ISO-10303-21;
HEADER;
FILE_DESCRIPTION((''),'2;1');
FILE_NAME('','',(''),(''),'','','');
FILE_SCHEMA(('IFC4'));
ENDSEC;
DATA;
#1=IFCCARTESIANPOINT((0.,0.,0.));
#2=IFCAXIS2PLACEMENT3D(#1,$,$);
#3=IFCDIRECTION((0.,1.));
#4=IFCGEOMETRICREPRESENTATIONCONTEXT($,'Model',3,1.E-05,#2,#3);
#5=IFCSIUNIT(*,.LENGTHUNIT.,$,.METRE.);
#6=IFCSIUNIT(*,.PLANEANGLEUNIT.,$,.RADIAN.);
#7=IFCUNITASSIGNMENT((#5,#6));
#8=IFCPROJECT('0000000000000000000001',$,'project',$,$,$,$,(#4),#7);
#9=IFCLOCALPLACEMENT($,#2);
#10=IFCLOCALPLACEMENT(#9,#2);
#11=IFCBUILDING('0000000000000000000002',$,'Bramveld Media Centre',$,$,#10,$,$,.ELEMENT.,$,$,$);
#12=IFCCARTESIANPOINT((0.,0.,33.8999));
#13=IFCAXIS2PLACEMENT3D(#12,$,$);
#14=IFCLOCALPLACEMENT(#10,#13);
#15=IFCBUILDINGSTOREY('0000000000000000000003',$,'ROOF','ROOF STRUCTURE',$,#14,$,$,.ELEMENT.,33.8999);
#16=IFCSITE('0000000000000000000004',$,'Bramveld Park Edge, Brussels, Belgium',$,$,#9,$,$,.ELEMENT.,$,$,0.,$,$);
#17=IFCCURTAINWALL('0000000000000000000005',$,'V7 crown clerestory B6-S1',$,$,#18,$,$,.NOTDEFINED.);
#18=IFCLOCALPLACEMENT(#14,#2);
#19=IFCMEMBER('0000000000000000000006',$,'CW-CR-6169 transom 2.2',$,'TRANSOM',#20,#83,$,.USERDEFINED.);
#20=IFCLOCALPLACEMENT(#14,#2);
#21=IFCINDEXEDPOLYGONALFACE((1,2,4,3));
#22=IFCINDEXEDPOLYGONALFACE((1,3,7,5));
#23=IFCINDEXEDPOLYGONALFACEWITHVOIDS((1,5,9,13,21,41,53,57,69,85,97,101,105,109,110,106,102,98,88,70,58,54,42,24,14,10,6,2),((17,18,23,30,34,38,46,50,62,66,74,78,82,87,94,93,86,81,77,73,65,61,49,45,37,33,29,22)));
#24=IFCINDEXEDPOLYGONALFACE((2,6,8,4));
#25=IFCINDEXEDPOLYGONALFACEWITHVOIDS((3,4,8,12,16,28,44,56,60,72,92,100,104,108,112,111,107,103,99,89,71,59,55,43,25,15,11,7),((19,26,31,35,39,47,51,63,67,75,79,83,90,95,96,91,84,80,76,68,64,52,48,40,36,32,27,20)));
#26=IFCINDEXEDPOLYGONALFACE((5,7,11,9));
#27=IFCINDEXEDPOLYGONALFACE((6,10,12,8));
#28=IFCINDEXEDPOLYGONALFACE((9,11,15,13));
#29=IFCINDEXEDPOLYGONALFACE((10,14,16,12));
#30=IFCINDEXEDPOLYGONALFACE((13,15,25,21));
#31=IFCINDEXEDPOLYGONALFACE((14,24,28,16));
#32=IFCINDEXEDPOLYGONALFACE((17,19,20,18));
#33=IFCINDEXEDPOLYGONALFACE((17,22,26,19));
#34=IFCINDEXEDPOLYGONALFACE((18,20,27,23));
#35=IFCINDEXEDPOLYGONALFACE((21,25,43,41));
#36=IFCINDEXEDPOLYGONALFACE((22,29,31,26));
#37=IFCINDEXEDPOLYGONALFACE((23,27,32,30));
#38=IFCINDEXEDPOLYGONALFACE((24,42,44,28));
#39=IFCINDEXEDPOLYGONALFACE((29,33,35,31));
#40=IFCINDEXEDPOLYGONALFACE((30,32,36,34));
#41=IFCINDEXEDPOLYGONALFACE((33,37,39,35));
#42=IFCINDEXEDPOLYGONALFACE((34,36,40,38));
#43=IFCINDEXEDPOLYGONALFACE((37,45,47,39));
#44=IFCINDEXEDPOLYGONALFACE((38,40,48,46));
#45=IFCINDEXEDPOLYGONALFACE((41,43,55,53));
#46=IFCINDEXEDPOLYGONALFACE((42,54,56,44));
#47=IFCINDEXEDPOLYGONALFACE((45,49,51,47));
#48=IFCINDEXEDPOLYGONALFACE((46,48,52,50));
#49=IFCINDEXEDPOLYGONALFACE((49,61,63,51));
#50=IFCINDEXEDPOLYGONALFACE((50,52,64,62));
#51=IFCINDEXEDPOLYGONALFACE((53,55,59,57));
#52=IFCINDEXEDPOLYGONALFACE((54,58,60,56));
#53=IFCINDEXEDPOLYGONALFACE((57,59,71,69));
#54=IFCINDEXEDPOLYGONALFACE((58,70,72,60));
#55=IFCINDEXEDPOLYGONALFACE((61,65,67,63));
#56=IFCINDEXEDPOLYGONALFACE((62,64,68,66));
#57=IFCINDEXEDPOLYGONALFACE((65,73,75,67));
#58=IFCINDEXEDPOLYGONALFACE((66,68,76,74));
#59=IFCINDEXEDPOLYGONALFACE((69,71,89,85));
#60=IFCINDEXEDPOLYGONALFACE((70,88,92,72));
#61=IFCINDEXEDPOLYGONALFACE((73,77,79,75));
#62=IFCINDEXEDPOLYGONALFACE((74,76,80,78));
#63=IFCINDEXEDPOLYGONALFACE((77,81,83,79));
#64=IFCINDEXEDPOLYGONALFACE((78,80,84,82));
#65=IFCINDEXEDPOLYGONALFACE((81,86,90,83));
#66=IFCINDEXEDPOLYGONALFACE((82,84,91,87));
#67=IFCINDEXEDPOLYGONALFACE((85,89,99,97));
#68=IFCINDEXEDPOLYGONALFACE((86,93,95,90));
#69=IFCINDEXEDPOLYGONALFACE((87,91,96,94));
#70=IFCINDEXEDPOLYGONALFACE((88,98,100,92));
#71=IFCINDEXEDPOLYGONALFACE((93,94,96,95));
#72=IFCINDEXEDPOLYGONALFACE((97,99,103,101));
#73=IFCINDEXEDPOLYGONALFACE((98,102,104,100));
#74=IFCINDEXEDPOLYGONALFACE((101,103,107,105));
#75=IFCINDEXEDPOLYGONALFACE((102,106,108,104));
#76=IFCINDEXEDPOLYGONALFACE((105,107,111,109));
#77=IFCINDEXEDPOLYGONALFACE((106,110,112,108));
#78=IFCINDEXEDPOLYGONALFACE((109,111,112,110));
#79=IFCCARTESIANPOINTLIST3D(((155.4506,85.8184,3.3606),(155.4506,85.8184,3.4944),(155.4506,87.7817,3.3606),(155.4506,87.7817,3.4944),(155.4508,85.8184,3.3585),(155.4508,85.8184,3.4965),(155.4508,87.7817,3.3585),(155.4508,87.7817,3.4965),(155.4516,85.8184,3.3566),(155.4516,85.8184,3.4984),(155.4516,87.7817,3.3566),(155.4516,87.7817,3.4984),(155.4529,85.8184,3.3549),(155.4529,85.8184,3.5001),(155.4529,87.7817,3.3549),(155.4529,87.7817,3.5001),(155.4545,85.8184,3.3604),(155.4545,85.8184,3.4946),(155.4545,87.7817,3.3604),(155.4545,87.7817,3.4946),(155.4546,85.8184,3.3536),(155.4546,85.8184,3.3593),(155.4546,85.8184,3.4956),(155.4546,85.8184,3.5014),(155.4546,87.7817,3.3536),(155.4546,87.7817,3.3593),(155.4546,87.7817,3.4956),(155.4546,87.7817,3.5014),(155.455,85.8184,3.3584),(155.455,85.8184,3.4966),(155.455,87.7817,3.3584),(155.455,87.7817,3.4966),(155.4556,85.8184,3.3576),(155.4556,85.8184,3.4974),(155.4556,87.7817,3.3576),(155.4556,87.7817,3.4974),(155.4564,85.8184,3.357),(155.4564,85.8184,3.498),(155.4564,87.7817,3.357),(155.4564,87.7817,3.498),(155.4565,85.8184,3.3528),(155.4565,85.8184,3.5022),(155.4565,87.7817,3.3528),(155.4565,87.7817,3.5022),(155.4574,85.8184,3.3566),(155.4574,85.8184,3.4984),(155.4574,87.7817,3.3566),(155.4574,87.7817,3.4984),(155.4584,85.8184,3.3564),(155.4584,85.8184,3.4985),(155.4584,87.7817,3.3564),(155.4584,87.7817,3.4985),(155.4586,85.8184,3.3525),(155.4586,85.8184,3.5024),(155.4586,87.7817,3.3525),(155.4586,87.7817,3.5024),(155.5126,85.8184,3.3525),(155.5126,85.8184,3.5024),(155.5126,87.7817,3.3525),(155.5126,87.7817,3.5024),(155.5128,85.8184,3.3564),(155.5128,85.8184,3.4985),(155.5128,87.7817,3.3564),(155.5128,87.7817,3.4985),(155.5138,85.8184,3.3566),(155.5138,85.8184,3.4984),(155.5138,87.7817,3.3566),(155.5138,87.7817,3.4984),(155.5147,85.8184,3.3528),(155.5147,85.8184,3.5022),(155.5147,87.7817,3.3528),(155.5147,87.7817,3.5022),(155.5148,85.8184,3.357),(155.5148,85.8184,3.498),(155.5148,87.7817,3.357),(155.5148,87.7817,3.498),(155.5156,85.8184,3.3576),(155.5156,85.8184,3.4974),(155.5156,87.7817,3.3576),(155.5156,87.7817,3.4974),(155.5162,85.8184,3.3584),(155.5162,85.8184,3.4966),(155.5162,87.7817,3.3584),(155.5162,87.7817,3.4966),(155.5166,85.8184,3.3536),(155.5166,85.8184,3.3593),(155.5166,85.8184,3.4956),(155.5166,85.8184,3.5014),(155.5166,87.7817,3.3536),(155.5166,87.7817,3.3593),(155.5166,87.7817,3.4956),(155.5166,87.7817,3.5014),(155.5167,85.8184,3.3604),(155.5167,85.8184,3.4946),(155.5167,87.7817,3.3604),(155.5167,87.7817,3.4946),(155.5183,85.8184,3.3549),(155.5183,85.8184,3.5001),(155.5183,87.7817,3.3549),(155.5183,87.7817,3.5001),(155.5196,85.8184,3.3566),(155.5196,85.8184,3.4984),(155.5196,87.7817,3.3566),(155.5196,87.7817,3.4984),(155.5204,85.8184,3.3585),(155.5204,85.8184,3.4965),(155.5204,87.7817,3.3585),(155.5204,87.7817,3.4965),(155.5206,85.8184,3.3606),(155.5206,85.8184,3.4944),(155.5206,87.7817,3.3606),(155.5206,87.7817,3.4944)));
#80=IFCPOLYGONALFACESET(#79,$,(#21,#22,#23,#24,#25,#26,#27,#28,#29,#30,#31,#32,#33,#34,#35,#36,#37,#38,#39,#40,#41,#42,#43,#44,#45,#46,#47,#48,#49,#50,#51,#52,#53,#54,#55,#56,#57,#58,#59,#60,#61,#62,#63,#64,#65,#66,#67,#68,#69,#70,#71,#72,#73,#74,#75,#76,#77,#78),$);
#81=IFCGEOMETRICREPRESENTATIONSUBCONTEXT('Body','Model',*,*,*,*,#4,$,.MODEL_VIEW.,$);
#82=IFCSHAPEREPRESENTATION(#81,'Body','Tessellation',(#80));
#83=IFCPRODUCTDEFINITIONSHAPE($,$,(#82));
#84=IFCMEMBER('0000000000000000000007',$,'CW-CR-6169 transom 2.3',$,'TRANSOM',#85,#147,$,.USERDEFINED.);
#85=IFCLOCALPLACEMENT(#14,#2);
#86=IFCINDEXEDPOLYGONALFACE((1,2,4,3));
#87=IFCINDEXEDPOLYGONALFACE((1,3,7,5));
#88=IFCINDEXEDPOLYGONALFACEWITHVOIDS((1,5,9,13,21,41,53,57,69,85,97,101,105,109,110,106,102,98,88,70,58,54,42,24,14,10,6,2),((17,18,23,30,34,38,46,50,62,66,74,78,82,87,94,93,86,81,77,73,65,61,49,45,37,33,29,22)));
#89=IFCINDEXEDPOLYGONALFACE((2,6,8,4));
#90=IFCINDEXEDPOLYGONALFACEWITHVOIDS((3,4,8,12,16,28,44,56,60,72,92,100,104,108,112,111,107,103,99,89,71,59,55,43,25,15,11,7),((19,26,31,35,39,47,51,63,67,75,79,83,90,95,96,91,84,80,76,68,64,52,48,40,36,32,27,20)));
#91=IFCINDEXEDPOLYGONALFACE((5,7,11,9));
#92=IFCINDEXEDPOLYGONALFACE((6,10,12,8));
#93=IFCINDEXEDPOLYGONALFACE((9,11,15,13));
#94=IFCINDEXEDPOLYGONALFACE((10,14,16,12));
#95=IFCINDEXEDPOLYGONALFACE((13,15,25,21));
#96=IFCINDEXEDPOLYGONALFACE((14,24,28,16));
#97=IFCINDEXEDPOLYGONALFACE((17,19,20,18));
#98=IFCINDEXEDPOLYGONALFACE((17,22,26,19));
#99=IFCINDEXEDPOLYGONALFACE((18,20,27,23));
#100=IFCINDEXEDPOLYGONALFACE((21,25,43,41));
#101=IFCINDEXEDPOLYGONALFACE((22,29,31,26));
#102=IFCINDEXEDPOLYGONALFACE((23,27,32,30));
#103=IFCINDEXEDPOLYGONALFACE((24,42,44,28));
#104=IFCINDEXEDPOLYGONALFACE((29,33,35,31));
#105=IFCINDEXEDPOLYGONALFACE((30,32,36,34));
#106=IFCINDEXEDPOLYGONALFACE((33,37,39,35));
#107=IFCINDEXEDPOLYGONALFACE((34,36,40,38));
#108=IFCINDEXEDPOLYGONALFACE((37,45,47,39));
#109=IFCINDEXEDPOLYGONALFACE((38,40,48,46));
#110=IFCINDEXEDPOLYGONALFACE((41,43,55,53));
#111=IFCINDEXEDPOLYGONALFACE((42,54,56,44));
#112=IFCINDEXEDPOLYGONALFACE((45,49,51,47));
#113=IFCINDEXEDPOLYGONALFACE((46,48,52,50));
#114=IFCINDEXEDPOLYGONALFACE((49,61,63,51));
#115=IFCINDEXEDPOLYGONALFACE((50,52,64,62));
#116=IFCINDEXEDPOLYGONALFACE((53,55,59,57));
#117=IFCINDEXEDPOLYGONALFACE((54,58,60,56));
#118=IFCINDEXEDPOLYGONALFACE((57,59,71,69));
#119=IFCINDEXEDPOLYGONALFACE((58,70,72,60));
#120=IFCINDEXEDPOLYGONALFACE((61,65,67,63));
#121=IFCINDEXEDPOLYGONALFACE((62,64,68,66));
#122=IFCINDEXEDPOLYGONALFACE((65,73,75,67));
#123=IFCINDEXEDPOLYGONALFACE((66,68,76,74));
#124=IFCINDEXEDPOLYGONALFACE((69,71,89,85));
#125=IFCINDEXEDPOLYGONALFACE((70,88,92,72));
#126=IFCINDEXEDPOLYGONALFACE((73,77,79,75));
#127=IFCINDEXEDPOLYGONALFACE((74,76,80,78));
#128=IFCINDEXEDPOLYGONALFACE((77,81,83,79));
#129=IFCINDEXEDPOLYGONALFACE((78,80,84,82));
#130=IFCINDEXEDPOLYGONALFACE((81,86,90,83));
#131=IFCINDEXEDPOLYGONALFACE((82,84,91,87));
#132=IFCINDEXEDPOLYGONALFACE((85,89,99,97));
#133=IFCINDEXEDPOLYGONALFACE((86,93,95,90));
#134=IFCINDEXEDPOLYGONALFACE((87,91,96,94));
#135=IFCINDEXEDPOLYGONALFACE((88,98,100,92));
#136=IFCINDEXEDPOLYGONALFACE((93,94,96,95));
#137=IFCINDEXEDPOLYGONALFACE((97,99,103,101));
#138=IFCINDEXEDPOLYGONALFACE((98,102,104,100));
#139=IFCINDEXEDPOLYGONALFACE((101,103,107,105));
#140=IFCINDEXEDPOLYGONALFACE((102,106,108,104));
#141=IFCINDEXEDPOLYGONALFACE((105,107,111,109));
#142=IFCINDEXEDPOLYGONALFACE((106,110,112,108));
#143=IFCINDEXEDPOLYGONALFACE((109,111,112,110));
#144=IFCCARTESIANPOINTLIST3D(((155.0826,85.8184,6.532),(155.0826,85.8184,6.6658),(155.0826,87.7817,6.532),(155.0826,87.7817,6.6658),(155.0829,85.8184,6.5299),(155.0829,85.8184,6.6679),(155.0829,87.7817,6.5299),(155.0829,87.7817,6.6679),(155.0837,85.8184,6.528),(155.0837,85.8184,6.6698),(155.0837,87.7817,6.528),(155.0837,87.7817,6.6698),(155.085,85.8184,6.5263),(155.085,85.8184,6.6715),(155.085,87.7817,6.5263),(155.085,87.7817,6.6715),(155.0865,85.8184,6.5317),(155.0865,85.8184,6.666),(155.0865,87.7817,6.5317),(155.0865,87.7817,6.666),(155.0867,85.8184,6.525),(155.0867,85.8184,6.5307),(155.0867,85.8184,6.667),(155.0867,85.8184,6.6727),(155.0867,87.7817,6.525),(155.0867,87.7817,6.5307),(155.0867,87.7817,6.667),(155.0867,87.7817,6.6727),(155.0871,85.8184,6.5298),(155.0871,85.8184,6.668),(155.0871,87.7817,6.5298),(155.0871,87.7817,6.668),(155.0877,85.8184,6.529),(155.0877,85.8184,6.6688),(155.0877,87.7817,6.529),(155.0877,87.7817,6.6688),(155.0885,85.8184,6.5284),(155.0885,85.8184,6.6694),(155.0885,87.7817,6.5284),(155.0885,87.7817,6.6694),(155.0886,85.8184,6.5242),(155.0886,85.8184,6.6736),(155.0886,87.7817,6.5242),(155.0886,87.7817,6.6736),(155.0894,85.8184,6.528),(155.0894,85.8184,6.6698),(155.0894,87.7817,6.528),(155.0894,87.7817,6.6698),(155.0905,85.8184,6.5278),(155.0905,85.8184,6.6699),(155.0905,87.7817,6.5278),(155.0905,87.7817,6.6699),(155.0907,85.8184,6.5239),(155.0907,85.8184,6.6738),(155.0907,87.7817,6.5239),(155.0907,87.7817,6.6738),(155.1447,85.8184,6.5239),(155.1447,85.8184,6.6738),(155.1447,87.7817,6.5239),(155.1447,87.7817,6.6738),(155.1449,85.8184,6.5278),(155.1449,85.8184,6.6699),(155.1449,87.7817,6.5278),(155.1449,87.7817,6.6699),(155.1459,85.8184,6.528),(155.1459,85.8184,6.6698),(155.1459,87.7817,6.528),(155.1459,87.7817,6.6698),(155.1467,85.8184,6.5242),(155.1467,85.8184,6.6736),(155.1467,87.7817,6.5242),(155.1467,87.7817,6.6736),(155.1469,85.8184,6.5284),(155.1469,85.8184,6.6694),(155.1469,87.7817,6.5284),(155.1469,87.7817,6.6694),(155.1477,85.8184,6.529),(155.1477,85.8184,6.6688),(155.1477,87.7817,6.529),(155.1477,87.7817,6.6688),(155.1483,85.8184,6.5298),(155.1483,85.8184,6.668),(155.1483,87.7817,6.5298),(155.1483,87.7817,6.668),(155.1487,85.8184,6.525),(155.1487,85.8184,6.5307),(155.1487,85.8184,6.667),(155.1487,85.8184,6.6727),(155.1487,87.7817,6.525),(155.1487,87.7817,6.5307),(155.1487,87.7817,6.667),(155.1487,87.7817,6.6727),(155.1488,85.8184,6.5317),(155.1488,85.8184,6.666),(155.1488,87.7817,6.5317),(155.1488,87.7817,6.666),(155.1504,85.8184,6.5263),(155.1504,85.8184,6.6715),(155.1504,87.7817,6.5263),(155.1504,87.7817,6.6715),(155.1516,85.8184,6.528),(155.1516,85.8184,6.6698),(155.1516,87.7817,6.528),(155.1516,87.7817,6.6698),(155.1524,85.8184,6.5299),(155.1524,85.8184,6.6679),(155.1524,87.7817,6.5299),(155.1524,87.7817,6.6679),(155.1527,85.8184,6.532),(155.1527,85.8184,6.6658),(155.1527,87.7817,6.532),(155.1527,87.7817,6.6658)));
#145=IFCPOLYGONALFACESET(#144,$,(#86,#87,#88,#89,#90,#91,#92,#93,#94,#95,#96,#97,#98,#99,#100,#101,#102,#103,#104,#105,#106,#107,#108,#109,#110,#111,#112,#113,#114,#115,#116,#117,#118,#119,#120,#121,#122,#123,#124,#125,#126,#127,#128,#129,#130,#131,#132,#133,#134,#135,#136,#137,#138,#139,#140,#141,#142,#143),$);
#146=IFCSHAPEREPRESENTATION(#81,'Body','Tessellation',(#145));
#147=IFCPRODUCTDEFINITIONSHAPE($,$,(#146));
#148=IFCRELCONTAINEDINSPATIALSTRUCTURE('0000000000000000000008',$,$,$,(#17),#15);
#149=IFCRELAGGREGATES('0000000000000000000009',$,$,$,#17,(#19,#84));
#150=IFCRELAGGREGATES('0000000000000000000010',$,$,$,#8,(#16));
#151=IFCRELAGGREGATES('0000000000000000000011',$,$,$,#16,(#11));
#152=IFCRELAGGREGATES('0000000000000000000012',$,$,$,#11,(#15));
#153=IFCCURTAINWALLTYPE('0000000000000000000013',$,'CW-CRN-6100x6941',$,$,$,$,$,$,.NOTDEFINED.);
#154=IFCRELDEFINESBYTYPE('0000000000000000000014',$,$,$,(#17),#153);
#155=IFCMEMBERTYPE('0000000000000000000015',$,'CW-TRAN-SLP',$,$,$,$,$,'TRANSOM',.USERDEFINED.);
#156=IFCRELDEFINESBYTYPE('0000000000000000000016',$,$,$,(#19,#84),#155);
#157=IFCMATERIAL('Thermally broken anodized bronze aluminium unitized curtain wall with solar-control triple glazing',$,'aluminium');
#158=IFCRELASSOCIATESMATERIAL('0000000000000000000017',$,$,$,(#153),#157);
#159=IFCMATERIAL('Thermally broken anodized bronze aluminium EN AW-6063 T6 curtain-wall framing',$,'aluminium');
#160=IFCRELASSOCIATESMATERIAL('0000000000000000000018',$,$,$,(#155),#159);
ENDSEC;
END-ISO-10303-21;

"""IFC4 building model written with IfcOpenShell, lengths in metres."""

from ifc_helpers import new_model, si_unit, direction, frame, origin, origin_2d, place, context, subcontext, project, spatial, hollow_rectangle, extrude, material, material_profile, profile_set, type_object, element, aggregate, save


model = new_model("IFC4")

# Units and contexts
model_context = context("Model", 3, precision=1e-05, world=origin(), true_north=direction((0.0, 1.0)))
body_context = subcontext(model_context, "Body", "Model", "MODEL_VIEW")
ifc_project = project(units=[si_unit("LENGTHUNIT", "METRE"), si_unit("PLANEANGLEUNIT", "RADIAN")], contexts=[model_context])

# Site, building, storey
site_placement = place(None, origin())
site = spatial("IfcSite", under=ifc_project, at=site_placement, Name="Bramveld Park Edge, Brussels, Belgium", CompositionType="ELEMENT", RefElevation=0.0)
building_placement = place(site_placement, origin())
building = spatial("IfcBuilding", under=site, at=building_placement, Name="Bramveld Media Centre", CompositionType="ELEMENT")
storey_placement = place(building_placement, frame((0.0, 0.0, 33.8999)))
storey = spatial("IfcBuildingStorey", under=building, at=storey_placement, Name="ROOF", Description="ROOF STRUCTURE", CompositionType="ELEMENT", Elevation=33.8999)

# Curtain wall, members
ifc_material_1 = material(Name="Thermally broken anodized bronze aluminium unitized curtain wall with solar-control triple glazing", Category="aluminium")
curtain_wall_type = type_object("IfcCurtainWallType", Name="CW-CRN-6100x6941", PredefinedType="NOTDEFINED", material=ifc_material_1)
curtain_wall_1_placement = place(storey_placement, origin())
curtain_wall_1 = element("IfcCurtainWall", 1, at=curtain_wall_1_placement, inside=storey, type_object=curtain_wall_type, Name="V7 crown clerestory B6-S1", PredefinedType="NOTDEFINED")
ifc_material_2 = material(Name="Thermally broken anodized bronze aluminium EN AW-6063 T6 curtain-wall framing", Category="aluminium")
ifc_material_profile_1 = material_profile(ifc_material_2, hollow_rectangle(XDim=0.0701, YDim=0.1499, WallThickness=0.0039, InnerFilletRadius=0.0039, OuterFilletRadius=0.0081, at=origin_2d()), Name="AL-TRAN 70x150")
ifc_profile_set_1 = profile_set([ifc_material_profile_1], Name="Thermally broken anodized bronze aluminium EN AW-6063 T6 curtain-wall framing")
member_type_1 = type_object("IfcMemberType", Name="CW-TRAN-SLP", ElementType="TRANSOM", PredefinedType="USERDEFINED", material=ifc_profile_set_1)
member_1_placement = place(storey_placement, frame((155.4856, 85.8184, 3.4275), z_axis=(0.0, 1.0, 0.0), x_axis=(-1.0, 0.0, 0.0)))
member_1 = element("IfcMember", 2, at=member_1_placement, type_object=member_type_1, Name="CW-CR-6169 transom 2.2", ObjectType="TRANSOM", PredefinedType="USERDEFINED", context=body_context, shape_type="SweptSolid", body=[
    extrude(hollow_rectangle(XDim=0.0701, YDim=0.1499, WallThickness=0.0039, InnerFilletRadius=0.0039, OuterFilletRadius=0.0081, at=origin_2d()), origin(), (0.0, 0.0, 1.0), 1.9634),
])
member_2_placement = place(storey_placement, frame((155.1177, 85.8184, 6.5989), z_axis=(0.0, 1.0, 0.0), x_axis=(-1.0, 0.0, 0.0)))
member_2 = element("IfcMember", 3, at=member_2_placement, type_object=member_type_1, Name="CW-CR-6169 transom 2.3", ObjectType="TRANSOM", PredefinedType="USERDEFINED", context=body_context, shape_type="SweptSolid", body=[
    extrude(hollow_rectangle(XDim=0.0701, YDim=0.1499, WallThickness=0.0039, InnerFilletRadius=0.0039, OuterFilletRadius=0.0081, at=origin_2d()), origin(), (0.0, 0.0, 1.0), 1.9634),
])

aggregate(curtain_wall_1, [member_1, member_2])

save(model, "model.ifc")
